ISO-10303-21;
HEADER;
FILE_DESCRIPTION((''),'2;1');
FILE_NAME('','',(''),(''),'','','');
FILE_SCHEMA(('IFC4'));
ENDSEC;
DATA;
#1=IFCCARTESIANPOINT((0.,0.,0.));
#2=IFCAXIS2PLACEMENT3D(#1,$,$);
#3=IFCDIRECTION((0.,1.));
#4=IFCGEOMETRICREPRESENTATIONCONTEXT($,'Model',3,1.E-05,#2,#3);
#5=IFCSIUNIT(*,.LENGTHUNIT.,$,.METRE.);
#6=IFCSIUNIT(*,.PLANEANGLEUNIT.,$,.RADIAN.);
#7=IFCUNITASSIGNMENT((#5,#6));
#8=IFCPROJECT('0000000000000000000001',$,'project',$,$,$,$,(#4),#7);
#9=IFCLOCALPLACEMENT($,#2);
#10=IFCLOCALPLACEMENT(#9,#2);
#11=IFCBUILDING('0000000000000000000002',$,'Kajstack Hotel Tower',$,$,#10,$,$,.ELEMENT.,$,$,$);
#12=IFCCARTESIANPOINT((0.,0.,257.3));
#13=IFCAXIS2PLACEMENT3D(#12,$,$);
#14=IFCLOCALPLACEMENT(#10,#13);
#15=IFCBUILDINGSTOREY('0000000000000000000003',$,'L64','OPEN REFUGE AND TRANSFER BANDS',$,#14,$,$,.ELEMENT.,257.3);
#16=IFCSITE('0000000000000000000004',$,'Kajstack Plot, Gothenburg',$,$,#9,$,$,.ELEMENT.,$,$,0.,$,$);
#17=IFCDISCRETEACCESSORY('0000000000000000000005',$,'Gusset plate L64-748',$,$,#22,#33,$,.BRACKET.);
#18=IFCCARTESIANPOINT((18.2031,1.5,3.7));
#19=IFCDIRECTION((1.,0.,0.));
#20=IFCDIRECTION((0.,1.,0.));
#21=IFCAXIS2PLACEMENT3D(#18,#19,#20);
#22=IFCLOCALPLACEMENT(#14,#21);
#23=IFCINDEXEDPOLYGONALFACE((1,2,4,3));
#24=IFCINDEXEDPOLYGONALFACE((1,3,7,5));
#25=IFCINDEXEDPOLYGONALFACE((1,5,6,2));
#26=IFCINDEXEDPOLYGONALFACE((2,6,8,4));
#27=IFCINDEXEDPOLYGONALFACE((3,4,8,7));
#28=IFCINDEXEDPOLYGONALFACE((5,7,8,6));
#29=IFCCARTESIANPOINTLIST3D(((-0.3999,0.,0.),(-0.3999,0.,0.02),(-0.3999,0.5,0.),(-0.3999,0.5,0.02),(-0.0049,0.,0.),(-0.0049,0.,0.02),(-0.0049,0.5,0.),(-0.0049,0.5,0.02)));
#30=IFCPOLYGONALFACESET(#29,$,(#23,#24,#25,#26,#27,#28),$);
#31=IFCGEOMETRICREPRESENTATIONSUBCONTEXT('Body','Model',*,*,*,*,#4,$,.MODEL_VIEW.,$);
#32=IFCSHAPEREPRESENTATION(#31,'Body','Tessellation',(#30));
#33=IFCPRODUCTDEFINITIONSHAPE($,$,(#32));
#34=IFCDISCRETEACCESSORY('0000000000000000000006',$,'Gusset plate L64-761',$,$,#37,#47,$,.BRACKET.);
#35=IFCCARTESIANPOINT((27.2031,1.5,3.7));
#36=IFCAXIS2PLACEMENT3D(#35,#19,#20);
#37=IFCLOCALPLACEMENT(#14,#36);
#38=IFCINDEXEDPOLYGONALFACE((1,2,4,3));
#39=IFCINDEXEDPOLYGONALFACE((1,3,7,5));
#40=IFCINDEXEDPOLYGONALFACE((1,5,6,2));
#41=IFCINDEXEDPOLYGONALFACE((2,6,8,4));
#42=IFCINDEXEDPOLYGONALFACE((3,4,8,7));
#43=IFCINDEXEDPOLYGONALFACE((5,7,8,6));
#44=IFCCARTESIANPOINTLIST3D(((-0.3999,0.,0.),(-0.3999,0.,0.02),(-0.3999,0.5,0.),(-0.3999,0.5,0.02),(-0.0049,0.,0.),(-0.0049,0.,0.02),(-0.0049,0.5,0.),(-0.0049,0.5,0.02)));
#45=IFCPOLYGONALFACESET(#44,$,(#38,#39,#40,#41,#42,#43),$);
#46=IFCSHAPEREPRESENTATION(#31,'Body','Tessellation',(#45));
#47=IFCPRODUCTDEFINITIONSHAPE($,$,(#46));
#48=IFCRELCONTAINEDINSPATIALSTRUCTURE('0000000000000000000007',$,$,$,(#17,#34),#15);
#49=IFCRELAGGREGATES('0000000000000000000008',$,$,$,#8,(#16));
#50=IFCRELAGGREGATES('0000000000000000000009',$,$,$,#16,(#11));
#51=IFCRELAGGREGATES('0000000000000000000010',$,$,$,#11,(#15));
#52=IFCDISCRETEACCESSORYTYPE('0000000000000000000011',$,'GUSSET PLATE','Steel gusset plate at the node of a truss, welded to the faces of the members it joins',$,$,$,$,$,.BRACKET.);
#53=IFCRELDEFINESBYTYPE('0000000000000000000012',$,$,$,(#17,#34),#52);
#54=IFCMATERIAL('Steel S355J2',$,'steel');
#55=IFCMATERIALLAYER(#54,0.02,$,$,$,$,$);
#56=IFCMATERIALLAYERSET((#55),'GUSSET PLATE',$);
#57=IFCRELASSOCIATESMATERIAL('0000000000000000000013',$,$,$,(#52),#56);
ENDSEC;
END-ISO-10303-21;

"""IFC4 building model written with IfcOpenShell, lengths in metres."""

from ifc_helpers import new_model, si_unit, direction, frame, origin, place, context, subcontext, project, spatial, polyline, outline, extrude, material, layer, layer_set, type_object, element, save


model = new_model("IFC4")

# Units and contexts
model_context = context("Model", 3, precision=1e-05, world=origin(), true_north=direction((0.0, 1.0)))
body_context = subcontext(model_context, "Body", "Model", "MODEL_VIEW")
ifc_project = project(units=[si_unit("LENGTHUNIT", "METRE"), si_unit("PLANEANGLEUNIT", "RADIAN")], contexts=[model_context])

# Site, building, storey
site_placement = place(None, origin())
site = spatial("IfcSite", under=ifc_project, at=site_placement, Name="Kajstack Plot, Gothenburg", CompositionType="ELEMENT", RefElevation=0.0)
building_placement = place(site_placement, origin())
building = spatial("IfcBuilding", under=site, at=building_placement, Name="Kajstack Hotel Tower", CompositionType="ELEMENT")
storey_placement = place(building_placement, frame((0.0, 0.0, 257.3)))
storey = spatial("IfcBuildingStorey", under=building, at=storey_placement, Name="L64", Description="OPEN REFUGE AND TRANSFER BANDS", CompositionType="ELEMENT", Elevation=257.3)

# Shared definitions
ifc_material_1 = material(Name="Steel S355J2", Category="steel")

# Discrete accessories
ifc_layer_1 = layer(ifc_material_1, 0.02)
ifc_layer_set_1 = layer_set([ifc_layer_1], Name="GUSSET PLATE")
discrete_accessory_type_1 = type_object("IfcDiscreteAccessoryType", Name="GUSSET PLATE", Description="Steel gusset plate at the node of a truss, welded to the faces of the members it joins", PredefinedType="BRACKET", material=ifc_layer_set_1)
discrete_accessory_1_placement = place(storey_placement, frame((18.2031, 1.5, 3.7), z_axis=(1.0, 0.0, 0.0), x_axis=(0.0, 1.0, 0.0)))
element("IfcDiscreteAccessory", 1, at=discrete_accessory_1_placement, inside=storey, type_object=discrete_accessory_type_1, Name="Gusset plate L64-748", PredefinedType="BRACKET", context=body_context, shape_type="SweptSolid", body=[
    extrude(outline(polyline([(-0.3999, 0.0), (-0.0049, 0.0), (-0.0049, 0.5), (-0.3999, 0.5), (-0.3999, 0.0)])), origin(), (0.0, 0.0, 1.0), 0.02),
])
discrete_accessory_2_placement = place(storey_placement, frame((27.2031, 1.5, 3.7), z_axis=(1.0, 0.0, 0.0), x_axis=(0.0, 1.0, 0.0)))
element("IfcDiscreteAccessory", 2, at=discrete_accessory_2_placement, inside=storey, type_object=discrete_accessory_type_1, Name="Gusset plate L64-761", PredefinedType="BRACKET", context=body_context, shape_type="SweptSolid", body=[
    extrude(outline(polyline([(-0.3999, 0.0), (-0.0049, 0.0), (-0.0049, 0.5), (-0.3999, 0.5), (-0.3999, 0.0)])), origin(), (0.0, 0.0, 1.0), 0.02),
])

save(model, "model.ifc")
